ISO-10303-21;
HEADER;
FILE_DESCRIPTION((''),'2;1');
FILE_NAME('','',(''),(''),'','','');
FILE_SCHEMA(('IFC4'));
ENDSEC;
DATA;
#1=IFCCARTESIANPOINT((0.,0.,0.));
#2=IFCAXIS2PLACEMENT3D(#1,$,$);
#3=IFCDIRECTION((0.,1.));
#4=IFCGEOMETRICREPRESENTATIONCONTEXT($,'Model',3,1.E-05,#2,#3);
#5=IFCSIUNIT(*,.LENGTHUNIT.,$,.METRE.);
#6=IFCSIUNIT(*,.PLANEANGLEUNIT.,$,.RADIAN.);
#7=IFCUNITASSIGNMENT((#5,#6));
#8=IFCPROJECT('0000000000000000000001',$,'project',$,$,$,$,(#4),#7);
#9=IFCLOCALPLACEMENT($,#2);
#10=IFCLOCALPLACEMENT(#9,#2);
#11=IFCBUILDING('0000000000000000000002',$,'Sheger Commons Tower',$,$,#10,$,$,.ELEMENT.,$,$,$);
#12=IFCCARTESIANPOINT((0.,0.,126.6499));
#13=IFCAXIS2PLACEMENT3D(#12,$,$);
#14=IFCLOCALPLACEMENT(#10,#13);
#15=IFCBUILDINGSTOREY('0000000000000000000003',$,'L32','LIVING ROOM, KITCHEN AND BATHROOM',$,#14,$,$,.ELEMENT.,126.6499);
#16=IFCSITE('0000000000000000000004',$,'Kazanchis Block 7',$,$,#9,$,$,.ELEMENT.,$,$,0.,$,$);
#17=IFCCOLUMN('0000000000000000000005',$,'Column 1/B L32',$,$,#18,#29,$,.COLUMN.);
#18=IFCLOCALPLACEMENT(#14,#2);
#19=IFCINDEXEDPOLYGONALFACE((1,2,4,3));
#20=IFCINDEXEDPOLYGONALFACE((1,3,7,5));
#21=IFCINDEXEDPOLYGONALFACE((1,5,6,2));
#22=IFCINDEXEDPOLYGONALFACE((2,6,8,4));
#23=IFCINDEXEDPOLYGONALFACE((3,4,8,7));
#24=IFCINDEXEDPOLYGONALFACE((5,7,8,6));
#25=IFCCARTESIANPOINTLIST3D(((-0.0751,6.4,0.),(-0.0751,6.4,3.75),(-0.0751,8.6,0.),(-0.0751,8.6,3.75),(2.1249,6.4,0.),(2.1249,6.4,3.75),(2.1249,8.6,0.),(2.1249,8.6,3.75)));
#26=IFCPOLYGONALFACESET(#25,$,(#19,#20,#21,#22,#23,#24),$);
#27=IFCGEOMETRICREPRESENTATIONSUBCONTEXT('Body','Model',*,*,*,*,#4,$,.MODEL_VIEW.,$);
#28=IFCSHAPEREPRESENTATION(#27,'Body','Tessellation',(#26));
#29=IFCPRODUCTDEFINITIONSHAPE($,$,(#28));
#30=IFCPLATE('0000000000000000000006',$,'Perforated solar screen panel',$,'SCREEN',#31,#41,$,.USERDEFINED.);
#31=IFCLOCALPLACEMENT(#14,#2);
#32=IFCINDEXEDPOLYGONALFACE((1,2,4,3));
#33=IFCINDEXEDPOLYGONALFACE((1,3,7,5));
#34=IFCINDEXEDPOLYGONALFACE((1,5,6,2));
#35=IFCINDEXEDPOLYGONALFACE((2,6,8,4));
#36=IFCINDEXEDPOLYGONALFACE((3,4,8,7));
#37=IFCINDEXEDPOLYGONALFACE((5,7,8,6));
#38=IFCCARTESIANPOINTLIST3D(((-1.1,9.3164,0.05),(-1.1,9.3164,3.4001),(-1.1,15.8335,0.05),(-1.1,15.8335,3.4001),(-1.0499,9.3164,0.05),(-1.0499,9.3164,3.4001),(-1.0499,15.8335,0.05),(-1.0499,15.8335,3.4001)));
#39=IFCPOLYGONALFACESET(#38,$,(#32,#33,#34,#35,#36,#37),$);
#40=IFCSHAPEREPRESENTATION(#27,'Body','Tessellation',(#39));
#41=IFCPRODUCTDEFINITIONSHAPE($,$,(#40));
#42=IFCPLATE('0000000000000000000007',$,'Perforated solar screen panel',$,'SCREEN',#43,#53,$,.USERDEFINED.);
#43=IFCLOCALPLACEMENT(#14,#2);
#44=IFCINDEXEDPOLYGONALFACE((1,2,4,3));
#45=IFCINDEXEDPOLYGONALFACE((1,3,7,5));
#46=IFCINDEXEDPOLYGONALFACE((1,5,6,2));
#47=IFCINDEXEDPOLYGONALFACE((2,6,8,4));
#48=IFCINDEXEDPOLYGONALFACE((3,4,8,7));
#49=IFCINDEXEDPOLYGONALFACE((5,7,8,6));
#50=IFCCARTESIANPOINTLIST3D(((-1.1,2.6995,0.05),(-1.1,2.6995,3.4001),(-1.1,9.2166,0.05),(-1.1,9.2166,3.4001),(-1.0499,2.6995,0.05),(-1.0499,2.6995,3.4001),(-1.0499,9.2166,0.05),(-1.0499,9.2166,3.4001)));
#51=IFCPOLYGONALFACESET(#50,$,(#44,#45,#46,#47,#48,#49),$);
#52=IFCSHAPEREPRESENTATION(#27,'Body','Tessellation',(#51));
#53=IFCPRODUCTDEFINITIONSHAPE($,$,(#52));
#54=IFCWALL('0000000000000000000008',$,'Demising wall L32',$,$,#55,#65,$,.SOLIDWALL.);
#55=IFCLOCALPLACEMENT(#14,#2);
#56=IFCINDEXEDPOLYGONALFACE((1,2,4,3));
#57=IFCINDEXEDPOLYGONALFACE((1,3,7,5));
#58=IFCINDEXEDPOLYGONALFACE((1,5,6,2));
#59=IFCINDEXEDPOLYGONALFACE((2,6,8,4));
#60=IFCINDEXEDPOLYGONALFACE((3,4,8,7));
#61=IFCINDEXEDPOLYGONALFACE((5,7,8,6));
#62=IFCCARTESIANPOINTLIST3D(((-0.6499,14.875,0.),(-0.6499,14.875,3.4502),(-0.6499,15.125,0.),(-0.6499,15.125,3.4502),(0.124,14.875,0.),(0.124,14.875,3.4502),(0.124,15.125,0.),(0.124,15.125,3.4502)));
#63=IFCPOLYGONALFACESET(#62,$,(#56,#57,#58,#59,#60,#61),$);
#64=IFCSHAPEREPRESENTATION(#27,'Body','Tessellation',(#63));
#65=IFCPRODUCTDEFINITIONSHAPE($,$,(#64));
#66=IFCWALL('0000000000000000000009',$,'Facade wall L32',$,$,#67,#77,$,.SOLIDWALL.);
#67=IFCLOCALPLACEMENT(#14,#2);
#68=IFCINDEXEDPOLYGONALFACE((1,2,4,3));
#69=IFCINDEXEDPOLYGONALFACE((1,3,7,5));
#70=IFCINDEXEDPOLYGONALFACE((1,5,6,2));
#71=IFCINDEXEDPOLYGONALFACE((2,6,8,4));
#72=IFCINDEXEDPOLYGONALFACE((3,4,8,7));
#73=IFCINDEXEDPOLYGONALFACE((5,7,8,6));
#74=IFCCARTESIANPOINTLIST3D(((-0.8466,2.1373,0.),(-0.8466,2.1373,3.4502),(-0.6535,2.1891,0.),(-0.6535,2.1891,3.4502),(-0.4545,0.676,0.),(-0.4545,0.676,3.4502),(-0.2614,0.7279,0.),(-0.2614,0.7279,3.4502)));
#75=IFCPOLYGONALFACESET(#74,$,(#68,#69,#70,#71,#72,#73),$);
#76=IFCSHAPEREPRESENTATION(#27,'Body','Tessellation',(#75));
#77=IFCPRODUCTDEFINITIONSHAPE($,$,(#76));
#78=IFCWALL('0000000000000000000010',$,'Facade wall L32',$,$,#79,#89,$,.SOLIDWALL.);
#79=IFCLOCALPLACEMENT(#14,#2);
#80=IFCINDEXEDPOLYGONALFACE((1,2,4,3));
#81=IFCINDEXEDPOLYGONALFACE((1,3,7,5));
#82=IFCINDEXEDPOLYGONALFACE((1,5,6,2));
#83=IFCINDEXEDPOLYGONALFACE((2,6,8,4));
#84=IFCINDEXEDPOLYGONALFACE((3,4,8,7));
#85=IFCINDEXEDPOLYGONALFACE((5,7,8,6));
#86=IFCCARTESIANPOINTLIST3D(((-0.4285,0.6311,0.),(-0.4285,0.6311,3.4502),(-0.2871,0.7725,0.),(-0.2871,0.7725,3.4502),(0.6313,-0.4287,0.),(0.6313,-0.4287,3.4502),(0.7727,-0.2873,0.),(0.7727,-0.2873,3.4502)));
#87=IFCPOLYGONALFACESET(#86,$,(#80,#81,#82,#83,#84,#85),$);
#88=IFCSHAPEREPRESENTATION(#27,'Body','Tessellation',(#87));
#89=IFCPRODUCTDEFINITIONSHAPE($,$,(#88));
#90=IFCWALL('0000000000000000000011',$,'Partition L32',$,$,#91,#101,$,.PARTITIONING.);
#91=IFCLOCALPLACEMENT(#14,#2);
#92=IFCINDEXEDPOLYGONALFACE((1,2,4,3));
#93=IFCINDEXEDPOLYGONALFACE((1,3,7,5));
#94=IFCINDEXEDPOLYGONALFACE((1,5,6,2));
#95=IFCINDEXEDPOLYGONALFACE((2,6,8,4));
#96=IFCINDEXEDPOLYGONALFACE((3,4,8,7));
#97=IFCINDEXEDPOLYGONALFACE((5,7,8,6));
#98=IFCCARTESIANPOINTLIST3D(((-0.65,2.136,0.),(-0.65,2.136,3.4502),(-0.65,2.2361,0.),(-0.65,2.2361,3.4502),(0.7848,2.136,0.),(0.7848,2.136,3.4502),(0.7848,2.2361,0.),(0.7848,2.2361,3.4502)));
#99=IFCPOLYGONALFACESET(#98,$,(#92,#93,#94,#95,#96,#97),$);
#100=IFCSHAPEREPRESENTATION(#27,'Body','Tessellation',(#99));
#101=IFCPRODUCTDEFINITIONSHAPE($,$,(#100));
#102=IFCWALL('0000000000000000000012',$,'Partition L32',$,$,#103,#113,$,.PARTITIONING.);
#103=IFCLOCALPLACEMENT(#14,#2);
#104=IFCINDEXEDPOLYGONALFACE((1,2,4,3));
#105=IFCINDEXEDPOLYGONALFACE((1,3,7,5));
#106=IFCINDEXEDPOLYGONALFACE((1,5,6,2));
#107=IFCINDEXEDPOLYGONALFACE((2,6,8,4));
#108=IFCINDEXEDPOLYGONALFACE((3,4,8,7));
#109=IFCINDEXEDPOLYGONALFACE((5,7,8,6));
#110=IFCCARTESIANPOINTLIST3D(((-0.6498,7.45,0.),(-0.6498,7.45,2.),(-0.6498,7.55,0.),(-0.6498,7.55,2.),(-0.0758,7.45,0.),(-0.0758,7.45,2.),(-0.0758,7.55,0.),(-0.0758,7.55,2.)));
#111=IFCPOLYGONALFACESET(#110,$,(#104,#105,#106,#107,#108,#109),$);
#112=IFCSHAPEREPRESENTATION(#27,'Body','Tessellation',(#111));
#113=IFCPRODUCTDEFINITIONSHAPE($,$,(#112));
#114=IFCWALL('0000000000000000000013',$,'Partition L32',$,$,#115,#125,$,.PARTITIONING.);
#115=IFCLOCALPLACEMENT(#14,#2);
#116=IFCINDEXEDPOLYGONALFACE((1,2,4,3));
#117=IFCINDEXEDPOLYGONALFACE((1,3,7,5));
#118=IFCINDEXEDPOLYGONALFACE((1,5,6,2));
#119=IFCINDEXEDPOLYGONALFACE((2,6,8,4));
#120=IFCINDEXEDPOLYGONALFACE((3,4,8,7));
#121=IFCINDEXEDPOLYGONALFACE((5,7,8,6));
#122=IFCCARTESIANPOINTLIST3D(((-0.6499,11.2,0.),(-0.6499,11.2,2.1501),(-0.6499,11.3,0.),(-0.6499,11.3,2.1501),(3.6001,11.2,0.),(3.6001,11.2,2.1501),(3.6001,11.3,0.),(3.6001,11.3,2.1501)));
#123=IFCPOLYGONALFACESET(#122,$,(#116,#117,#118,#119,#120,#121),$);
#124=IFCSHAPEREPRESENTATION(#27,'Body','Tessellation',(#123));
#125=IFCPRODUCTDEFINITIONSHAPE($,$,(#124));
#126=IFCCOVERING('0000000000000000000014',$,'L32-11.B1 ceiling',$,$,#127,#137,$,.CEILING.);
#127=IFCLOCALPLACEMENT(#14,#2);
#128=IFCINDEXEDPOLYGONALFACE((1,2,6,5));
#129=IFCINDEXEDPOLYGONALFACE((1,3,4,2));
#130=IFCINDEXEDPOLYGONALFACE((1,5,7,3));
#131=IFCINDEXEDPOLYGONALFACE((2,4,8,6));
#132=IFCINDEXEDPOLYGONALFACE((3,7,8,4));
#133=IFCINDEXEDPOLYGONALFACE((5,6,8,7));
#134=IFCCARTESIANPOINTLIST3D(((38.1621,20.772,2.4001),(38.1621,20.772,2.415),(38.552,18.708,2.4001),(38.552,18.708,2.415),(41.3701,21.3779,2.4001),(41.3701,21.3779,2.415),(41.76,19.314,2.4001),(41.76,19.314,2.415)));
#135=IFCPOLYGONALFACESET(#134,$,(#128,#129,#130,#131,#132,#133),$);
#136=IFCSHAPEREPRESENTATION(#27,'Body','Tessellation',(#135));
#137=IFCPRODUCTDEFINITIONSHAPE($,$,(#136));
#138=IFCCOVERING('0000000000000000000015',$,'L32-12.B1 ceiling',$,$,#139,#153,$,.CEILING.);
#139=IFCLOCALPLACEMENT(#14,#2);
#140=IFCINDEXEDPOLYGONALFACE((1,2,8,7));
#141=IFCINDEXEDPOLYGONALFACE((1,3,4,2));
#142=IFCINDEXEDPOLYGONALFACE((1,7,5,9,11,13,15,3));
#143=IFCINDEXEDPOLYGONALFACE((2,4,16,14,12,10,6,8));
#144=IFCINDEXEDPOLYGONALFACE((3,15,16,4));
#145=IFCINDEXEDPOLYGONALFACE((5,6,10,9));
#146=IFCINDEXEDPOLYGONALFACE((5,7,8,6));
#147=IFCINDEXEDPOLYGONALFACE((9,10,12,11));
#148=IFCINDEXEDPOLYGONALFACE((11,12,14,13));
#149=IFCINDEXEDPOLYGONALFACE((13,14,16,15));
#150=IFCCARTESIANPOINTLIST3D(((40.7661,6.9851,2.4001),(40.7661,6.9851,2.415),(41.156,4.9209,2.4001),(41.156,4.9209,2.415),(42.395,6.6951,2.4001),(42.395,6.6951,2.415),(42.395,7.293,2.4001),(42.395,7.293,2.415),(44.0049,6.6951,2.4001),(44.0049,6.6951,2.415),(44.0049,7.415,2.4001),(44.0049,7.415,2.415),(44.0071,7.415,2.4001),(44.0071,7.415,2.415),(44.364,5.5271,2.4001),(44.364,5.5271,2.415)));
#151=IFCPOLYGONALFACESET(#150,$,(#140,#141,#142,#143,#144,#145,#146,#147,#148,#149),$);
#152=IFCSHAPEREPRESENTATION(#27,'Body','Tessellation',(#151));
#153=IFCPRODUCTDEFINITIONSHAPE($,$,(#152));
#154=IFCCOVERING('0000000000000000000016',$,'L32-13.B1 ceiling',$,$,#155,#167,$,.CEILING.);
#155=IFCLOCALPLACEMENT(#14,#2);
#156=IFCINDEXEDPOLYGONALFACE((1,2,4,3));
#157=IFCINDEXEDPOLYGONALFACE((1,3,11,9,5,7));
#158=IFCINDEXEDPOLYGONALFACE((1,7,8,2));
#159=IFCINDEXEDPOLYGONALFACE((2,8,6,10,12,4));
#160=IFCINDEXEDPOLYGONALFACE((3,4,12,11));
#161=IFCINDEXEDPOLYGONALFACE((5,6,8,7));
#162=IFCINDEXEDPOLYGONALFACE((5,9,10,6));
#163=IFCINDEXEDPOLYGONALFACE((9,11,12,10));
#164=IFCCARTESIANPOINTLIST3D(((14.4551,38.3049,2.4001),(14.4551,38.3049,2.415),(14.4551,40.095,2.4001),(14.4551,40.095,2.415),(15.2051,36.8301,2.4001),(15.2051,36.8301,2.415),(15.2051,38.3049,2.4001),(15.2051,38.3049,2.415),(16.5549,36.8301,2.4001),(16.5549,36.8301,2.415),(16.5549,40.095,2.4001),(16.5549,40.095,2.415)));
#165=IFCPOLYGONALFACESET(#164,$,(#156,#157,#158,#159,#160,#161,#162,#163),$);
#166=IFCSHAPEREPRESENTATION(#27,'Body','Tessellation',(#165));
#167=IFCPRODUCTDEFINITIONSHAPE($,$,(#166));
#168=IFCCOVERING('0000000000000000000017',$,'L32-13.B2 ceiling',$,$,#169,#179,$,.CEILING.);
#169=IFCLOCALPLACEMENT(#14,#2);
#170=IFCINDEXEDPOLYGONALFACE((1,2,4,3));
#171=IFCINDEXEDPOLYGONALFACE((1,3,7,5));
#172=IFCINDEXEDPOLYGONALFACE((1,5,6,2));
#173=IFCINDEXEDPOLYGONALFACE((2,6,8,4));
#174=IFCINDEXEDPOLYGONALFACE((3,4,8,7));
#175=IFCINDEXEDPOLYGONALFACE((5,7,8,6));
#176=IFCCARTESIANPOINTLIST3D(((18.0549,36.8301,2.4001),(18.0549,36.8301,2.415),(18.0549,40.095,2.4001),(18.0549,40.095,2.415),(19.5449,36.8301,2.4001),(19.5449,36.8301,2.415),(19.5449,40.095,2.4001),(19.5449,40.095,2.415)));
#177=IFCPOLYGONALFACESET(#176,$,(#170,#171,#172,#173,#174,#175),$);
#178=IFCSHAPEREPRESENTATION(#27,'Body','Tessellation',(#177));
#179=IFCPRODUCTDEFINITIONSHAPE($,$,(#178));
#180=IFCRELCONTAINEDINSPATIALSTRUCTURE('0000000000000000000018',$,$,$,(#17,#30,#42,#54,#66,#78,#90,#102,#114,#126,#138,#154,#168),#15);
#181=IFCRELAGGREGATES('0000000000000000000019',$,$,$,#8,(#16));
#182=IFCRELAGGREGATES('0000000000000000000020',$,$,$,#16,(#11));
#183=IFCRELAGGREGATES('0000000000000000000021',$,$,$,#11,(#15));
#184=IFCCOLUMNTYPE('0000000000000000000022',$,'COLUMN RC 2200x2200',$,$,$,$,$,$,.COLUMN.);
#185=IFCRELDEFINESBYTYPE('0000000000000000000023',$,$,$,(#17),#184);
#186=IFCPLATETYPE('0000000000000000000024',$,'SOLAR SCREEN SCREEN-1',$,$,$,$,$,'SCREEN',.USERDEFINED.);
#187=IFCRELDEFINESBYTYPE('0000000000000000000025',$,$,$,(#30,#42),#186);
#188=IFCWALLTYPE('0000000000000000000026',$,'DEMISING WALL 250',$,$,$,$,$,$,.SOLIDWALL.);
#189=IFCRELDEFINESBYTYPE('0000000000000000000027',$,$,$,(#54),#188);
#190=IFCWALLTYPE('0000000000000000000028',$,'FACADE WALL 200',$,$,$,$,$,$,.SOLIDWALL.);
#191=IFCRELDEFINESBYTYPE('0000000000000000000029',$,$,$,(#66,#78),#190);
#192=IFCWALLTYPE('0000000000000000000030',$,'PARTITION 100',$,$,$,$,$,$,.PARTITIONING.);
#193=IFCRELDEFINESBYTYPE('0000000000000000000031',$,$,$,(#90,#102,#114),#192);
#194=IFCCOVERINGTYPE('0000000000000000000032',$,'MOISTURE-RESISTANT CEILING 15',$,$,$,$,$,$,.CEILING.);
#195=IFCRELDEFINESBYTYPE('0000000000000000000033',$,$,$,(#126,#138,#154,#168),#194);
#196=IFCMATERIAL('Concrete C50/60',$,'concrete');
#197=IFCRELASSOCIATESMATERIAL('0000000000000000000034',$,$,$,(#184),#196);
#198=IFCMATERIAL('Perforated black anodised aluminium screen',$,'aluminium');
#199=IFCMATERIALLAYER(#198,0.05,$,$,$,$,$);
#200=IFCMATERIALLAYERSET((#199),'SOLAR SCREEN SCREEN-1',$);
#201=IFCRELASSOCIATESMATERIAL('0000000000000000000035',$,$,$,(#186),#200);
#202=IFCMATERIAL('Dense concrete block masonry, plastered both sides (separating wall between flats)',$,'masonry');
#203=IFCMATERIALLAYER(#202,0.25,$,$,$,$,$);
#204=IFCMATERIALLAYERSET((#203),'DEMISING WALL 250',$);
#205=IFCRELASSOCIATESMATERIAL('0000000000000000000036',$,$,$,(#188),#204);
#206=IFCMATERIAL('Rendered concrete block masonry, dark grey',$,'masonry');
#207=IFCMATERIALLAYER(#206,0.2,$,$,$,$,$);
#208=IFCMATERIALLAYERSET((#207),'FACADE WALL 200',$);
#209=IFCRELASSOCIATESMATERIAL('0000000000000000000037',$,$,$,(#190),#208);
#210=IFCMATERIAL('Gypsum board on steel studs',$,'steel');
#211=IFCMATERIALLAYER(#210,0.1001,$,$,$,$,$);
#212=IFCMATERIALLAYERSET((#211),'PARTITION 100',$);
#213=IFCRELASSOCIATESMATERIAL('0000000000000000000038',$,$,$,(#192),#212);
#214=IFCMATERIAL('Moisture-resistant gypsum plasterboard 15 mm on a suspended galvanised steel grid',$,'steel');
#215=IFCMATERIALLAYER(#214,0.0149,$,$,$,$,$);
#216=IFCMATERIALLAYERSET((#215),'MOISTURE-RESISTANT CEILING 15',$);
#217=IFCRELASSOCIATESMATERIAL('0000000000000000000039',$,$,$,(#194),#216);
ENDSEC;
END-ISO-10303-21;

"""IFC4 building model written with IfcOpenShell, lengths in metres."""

from ifc_helpers import new_model, si_unit, direction, frame, frame_2d, origin, origin_2d, place, context, subcontext, project, spatial, polyline, rectangle, outline, extrude, material, layer, layer_set, material_profile, profile_set, type_object, element, save


model = new_model("IFC4")

# Units and contexts
model_context = context("Model", 3, precision=1e-05, world=origin(), true_north=direction((0.0, 1.0)))
body_context = subcontext(model_context, "Body", "Model", "MODEL_VIEW")
ifc_project = project(units=[si_unit("LENGTHUNIT", "METRE"), si_unit("PLANEANGLEUNIT", "RADIAN")], contexts=[model_context])

# Site, building, storey
site_placement = place(None, origin())
site = spatial("IfcSite", under=ifc_project, at=site_placement, Name="Kazanchis Block 7", CompositionType="ELEMENT", RefElevation=0.0)
building_placement = place(site_placement, origin())
building = spatial("IfcBuilding", under=site, at=building_placement, Name="Sheger Commons Tower", CompositionType="ELEMENT")
storey_placement = place(building_placement, frame((0.0, 0.0, 126.6499)))
storey = spatial("IfcBuildingStorey", under=building, at=storey_placement, Name="L32", Description="LIVING ROOM, KITCHEN AND BATHROOM", CompositionType="ELEMENT", Elevation=126.6499)

# Column
ifc_material_1 = material(Name="Concrete C50/60", Category="concrete")
ifc_material_profile = material_profile(ifc_material_1, rectangle(XDim=2.2, YDim=2.2, at=origin_2d()), Name="RC 2200x2200")
ifc_profile_set = profile_set([ifc_material_profile], Name="Concrete C50/60")
column_type = type_object("IfcColumnType", Name="COLUMN RC 2200x2200", PredefinedType="COLUMN", material=ifc_profile_set)
column_placement = place(storey_placement, frame((1.0249, 7.5, 0.0), z_axis=(0.0, 0.0, 1.0), x_axis=(1.0, 0.0, 0.0)))
element("IfcColumn", 1, at=column_placement, inside=storey, type_object=column_type, Name="Column 1/B L32", PredefinedType="COLUMN", context=body_context, shape_type="SweptSolid", body=[
    extrude(rectangle(XDim=2.2, YDim=2.2, at=origin_2d()), origin(), (0.0, 0.0, 1.0), 3.75),
])

# Plates
ifc_material_2 = material(Name="Perforated black anodised aluminium screen", Category="aluminium")
ifc_layer_1 = layer(ifc_material_2, 0.05)
ifc_layer_set_1 = layer_set([ifc_layer_1], Name="SOLAR SCREEN SCREEN-1")
plate_type = type_object("IfcPlateType", Name="SOLAR SCREEN SCREEN-1", ElementType="SCREEN", PredefinedType="USERDEFINED", material=ifc_layer_set_1)
for number, where, z_axis, x_axis, name in (
    (2, (-1.075, 12.575, 0.05), (0.0, 0.0, 1.0), (0.0, -1.0, 0.0), "Perforated solar screen panel"),
    (3, (-1.075, 5.958, 0.05), (0.0, 0.0, 1.0), (0.0, -1.0, 0.0), "Perforated solar screen panel"),
):
    element("IfcPlate", number, at=place(storey_placement, frame(where, z_axis=z_axis, x_axis=x_axis)), inside=storey, type_object=plate_type, Name=name, ObjectType="SCREEN", PredefinedType="USERDEFINED", context=body_context, shape_type="SweptSolid", body=[
        extrude(rectangle(XDim=6.5171, YDim=0.05, at=origin_2d()), origin(), (0.0, 0.0, 1.0), 3.3501),
    ])

# Walls
ifc_material_3 = material(Name="Dense concrete block masonry, plastered both sides (separating wall between flats)", Category="masonry")
ifc_layer_2 = layer(ifc_material_3, 0.25)
ifc_layer_set_2 = layer_set([ifc_layer_2], Name="DEMISING WALL 250")
wall_type_1 = type_object("IfcWallType", Name="DEMISING WALL 250", PredefinedType="SOLIDWALL", material=ifc_layer_set_2)
wall_1_placement = place(storey_placement, frame((-0.6499, 15.0, 0.0), z_axis=(0.0, 0.0, 1.0), x_axis=(1.0, 0.0, 0.0)))
element("IfcWall", 4, at=wall_1_placement, inside=storey, type_object=wall_type_1, Name="Demising wall L32", PredefinedType="SOLIDWALL", context=body_context, shape_type="SweptSolid", body=[
    extrude(rectangle(XDim=0.7739, YDim=0.25, at=frame_2d((0.387, 0.0))), origin(), (0.0, 0.0, 1.0), 3.4502),
])
ifc_material_4 = material(Name="Rendered concrete block masonry, dark grey", Category="masonry")
ifc_layer_3 = layer(ifc_material_4, 0.2)
ifc_layer_set_3 = layer_set([ifc_layer_3], Name="FACADE WALL 200")
wall_type_2 = type_object("IfcWallType", Name="FACADE WALL 200", PredefinedType="SOLIDWALL", material=ifc_layer_set_3)
wall_2_placement = place(storey_placement, frame((-0.75, 2.1631, 0.0), z_axis=(0.0, 0.0, 1.0), x_axis=(0.259169, -0.965832, 0.0)))
element("IfcWall", 5, at=wall_2_placement, inside=storey, type_object=wall_type_2, Name="Facade wall L32", PredefinedType="SOLIDWALL", context=body_context, shape_type="SweptSolid", body=[
    extrude(rectangle(XDim=1.5129, YDim=0.2, at=frame_2d((0.7563, 0.0))), origin(), (0.0, 0.0, 1.0), 3.4502),
])
wall_3_placement = place(storey_placement, frame((-0.3579, 0.7019, 0.0), z_axis=(0.0, 0.0, 1.0), x_axis=(0.707107, -0.707107, 0.0)))
element("IfcWall", 6, at=wall_3_placement, inside=storey, type_object=wall_type_2, Name="Facade wall L32", PredefinedType="SOLIDWALL", context=body_context, shape_type="SweptSolid", body=[
    extrude(rectangle(XDim=1.4988, YDim=0.2, at=frame_2d((0.7495, 0.0))), origin(), (0.0, 0.0, 1.0), 3.4502),
])
ifc_material_5 = material(Name="Gypsum board on steel studs", Category="steel")
ifc_layer_4 = layer(ifc_material_5, 0.1001)
ifc_layer_set_4 = layer_set([ifc_layer_4], Name="PARTITION 100")
wall_type_3 = type_object("IfcWallType", Name="PARTITION 100", PredefinedType="PARTITIONING", material=ifc_layer_set_4)
wall_4_placement = place(storey_placement, frame((-0.6499, 2.186, 0.0), z_axis=(0.0, 0.0, 1.0), x_axis=(1.0, 0.0, 0.0)))
element("IfcWall", 7, at=wall_4_placement, inside=storey, type_object=wall_type_3, Name="Partition L32", PredefinedType="PARTITIONING", context=body_context, shape_type="SweptSolid", body=[
    extrude(rectangle(XDim=1.4348, YDim=0.1001, at=frame_2d((0.7173, 0.0))), origin(), (0.0, 0.0, 1.0), 3.4502),
])
wall_5_placement = place(storey_placement, frame((-0.6499, 7.5, 0.0), z_axis=(0.0, 0.0, 1.0), x_axis=(1.0, 0.0, 0.0)))
element("IfcWall", 8, at=wall_5_placement, inside=storey, type_object=wall_type_3, Name="Partition L32", PredefinedType="PARTITIONING", context=body_context, shape_type="SweptSolid", body=[
    extrude(rectangle(XDim=0.574, YDim=0.1001, at=frame_2d((0.2871, 0.0))), origin(), (0.0, 0.0, 1.0), 2.0),
])
wall_6_placement = place(storey_placement, frame((-0.6499, 11.25, 0.0), z_axis=(0.0, 0.0, 1.0), x_axis=(1.0, 0.0, 0.0)))
element("IfcWall", 9, at=wall_6_placement, inside=storey, type_object=wall_type_3, Name="Partition L32", PredefinedType="PARTITIONING", context=body_context, shape_type="SweptSolid", body=[
    extrude(rectangle(XDim=4.25, YDim=0.1001, at=frame_2d((2.125, 0.0))), origin(), (0.0, 0.0, 1.0), 2.1501),
])

# Coverings
ifc_material_6 = material(Name="Moisture-resistant gypsum plasterboard 15 mm on a suspended galvanised steel grid", Category="steel")
ifc_layer_5 = layer(ifc_material_6, 0.0149)
ifc_layer_set_5 = layer_set([ifc_layer_5], Name="MOISTURE-RESISTANT CEILING 15")
covering_type_1 = type_object("IfcCoveringType", Name="MOISTURE-RESISTANT CEILING 15", PredefinedType="CEILING", material=ifc_layer_set_5)
covering_1_placement = place(storey_placement, frame((0.0, 0.0, 2.4001)))
element("IfcCovering", 10, at=covering_1_placement, inside=storey, type_object=covering_type_1, Name="L32-11.B1 ceiling", PredefinedType="CEILING", context=body_context, shape_type="SweptSolid", body=[
    extrude(outline(polyline([(38.552, 18.708), (41.76, 19.314), (41.3701, 21.3779), (38.1621, 20.772), (38.552, 18.708)])), origin(), (0.0, 0.0, 1.0), 0.0149),
])
covering_2_placement = place(storey_placement, frame((0.0, 0.0, 2.4001)))
element("IfcCovering", 11, at=covering_2_placement, inside=storey, type_object=covering_type_1, Name="L32-12.B1 ceiling", PredefinedType="CEILING", context=body_context, shape_type="SweptSolid", body=[
    extrude(outline(polyline([(41.156, 4.9209), (44.364, 5.5271), (44.0071, 7.415), (44.0049, 7.415), (44.0049, 6.6951), (42.395, 6.6951), (42.395, 7.293), (40.7661, 6.9851), (41.156, 4.9209)])), origin(), (0.0, 0.0, 1.0), 0.0149),
])
covering_3_placement = place(storey_placement, frame((0.0, 0.0, 2.4001)))
element("IfcCovering", 12, at=covering_3_placement, inside=storey, type_object=covering_type_1, Name="L32-13.B1 ceiling", PredefinedType="CEILING", context=body_context, shape_type="SweptSolid", body=[
    extrude(outline(polyline([(15.2051, 36.8301), (16.5549, 36.8301), (16.5549, 40.095), (14.4551, 40.095), (14.4551, 38.3049), (15.2051, 38.3049), (15.2051, 36.8301)])), origin(), (0.0, 0.0, 1.0), 0.0149),
])
covering_4_placement = place(storey_placement, frame((0.0, 0.0, 2.4001)))
element("IfcCovering", 13, at=covering_4_placement, inside=storey, type_object=covering_type_1, Name="L32-13.B2 ceiling", PredefinedType="CEILING", context=body_context, shape_type="SweptSolid", body=[
    extrude(outline(polyline([(18.0549, 36.8301), (19.5449, 36.8301), (19.5449, 40.095), (18.0549, 40.095), (18.0549, 36.8301)])), origin(), (0.0, 0.0, 1.0), 0.0149),
])

save(model, "model.ifc")
